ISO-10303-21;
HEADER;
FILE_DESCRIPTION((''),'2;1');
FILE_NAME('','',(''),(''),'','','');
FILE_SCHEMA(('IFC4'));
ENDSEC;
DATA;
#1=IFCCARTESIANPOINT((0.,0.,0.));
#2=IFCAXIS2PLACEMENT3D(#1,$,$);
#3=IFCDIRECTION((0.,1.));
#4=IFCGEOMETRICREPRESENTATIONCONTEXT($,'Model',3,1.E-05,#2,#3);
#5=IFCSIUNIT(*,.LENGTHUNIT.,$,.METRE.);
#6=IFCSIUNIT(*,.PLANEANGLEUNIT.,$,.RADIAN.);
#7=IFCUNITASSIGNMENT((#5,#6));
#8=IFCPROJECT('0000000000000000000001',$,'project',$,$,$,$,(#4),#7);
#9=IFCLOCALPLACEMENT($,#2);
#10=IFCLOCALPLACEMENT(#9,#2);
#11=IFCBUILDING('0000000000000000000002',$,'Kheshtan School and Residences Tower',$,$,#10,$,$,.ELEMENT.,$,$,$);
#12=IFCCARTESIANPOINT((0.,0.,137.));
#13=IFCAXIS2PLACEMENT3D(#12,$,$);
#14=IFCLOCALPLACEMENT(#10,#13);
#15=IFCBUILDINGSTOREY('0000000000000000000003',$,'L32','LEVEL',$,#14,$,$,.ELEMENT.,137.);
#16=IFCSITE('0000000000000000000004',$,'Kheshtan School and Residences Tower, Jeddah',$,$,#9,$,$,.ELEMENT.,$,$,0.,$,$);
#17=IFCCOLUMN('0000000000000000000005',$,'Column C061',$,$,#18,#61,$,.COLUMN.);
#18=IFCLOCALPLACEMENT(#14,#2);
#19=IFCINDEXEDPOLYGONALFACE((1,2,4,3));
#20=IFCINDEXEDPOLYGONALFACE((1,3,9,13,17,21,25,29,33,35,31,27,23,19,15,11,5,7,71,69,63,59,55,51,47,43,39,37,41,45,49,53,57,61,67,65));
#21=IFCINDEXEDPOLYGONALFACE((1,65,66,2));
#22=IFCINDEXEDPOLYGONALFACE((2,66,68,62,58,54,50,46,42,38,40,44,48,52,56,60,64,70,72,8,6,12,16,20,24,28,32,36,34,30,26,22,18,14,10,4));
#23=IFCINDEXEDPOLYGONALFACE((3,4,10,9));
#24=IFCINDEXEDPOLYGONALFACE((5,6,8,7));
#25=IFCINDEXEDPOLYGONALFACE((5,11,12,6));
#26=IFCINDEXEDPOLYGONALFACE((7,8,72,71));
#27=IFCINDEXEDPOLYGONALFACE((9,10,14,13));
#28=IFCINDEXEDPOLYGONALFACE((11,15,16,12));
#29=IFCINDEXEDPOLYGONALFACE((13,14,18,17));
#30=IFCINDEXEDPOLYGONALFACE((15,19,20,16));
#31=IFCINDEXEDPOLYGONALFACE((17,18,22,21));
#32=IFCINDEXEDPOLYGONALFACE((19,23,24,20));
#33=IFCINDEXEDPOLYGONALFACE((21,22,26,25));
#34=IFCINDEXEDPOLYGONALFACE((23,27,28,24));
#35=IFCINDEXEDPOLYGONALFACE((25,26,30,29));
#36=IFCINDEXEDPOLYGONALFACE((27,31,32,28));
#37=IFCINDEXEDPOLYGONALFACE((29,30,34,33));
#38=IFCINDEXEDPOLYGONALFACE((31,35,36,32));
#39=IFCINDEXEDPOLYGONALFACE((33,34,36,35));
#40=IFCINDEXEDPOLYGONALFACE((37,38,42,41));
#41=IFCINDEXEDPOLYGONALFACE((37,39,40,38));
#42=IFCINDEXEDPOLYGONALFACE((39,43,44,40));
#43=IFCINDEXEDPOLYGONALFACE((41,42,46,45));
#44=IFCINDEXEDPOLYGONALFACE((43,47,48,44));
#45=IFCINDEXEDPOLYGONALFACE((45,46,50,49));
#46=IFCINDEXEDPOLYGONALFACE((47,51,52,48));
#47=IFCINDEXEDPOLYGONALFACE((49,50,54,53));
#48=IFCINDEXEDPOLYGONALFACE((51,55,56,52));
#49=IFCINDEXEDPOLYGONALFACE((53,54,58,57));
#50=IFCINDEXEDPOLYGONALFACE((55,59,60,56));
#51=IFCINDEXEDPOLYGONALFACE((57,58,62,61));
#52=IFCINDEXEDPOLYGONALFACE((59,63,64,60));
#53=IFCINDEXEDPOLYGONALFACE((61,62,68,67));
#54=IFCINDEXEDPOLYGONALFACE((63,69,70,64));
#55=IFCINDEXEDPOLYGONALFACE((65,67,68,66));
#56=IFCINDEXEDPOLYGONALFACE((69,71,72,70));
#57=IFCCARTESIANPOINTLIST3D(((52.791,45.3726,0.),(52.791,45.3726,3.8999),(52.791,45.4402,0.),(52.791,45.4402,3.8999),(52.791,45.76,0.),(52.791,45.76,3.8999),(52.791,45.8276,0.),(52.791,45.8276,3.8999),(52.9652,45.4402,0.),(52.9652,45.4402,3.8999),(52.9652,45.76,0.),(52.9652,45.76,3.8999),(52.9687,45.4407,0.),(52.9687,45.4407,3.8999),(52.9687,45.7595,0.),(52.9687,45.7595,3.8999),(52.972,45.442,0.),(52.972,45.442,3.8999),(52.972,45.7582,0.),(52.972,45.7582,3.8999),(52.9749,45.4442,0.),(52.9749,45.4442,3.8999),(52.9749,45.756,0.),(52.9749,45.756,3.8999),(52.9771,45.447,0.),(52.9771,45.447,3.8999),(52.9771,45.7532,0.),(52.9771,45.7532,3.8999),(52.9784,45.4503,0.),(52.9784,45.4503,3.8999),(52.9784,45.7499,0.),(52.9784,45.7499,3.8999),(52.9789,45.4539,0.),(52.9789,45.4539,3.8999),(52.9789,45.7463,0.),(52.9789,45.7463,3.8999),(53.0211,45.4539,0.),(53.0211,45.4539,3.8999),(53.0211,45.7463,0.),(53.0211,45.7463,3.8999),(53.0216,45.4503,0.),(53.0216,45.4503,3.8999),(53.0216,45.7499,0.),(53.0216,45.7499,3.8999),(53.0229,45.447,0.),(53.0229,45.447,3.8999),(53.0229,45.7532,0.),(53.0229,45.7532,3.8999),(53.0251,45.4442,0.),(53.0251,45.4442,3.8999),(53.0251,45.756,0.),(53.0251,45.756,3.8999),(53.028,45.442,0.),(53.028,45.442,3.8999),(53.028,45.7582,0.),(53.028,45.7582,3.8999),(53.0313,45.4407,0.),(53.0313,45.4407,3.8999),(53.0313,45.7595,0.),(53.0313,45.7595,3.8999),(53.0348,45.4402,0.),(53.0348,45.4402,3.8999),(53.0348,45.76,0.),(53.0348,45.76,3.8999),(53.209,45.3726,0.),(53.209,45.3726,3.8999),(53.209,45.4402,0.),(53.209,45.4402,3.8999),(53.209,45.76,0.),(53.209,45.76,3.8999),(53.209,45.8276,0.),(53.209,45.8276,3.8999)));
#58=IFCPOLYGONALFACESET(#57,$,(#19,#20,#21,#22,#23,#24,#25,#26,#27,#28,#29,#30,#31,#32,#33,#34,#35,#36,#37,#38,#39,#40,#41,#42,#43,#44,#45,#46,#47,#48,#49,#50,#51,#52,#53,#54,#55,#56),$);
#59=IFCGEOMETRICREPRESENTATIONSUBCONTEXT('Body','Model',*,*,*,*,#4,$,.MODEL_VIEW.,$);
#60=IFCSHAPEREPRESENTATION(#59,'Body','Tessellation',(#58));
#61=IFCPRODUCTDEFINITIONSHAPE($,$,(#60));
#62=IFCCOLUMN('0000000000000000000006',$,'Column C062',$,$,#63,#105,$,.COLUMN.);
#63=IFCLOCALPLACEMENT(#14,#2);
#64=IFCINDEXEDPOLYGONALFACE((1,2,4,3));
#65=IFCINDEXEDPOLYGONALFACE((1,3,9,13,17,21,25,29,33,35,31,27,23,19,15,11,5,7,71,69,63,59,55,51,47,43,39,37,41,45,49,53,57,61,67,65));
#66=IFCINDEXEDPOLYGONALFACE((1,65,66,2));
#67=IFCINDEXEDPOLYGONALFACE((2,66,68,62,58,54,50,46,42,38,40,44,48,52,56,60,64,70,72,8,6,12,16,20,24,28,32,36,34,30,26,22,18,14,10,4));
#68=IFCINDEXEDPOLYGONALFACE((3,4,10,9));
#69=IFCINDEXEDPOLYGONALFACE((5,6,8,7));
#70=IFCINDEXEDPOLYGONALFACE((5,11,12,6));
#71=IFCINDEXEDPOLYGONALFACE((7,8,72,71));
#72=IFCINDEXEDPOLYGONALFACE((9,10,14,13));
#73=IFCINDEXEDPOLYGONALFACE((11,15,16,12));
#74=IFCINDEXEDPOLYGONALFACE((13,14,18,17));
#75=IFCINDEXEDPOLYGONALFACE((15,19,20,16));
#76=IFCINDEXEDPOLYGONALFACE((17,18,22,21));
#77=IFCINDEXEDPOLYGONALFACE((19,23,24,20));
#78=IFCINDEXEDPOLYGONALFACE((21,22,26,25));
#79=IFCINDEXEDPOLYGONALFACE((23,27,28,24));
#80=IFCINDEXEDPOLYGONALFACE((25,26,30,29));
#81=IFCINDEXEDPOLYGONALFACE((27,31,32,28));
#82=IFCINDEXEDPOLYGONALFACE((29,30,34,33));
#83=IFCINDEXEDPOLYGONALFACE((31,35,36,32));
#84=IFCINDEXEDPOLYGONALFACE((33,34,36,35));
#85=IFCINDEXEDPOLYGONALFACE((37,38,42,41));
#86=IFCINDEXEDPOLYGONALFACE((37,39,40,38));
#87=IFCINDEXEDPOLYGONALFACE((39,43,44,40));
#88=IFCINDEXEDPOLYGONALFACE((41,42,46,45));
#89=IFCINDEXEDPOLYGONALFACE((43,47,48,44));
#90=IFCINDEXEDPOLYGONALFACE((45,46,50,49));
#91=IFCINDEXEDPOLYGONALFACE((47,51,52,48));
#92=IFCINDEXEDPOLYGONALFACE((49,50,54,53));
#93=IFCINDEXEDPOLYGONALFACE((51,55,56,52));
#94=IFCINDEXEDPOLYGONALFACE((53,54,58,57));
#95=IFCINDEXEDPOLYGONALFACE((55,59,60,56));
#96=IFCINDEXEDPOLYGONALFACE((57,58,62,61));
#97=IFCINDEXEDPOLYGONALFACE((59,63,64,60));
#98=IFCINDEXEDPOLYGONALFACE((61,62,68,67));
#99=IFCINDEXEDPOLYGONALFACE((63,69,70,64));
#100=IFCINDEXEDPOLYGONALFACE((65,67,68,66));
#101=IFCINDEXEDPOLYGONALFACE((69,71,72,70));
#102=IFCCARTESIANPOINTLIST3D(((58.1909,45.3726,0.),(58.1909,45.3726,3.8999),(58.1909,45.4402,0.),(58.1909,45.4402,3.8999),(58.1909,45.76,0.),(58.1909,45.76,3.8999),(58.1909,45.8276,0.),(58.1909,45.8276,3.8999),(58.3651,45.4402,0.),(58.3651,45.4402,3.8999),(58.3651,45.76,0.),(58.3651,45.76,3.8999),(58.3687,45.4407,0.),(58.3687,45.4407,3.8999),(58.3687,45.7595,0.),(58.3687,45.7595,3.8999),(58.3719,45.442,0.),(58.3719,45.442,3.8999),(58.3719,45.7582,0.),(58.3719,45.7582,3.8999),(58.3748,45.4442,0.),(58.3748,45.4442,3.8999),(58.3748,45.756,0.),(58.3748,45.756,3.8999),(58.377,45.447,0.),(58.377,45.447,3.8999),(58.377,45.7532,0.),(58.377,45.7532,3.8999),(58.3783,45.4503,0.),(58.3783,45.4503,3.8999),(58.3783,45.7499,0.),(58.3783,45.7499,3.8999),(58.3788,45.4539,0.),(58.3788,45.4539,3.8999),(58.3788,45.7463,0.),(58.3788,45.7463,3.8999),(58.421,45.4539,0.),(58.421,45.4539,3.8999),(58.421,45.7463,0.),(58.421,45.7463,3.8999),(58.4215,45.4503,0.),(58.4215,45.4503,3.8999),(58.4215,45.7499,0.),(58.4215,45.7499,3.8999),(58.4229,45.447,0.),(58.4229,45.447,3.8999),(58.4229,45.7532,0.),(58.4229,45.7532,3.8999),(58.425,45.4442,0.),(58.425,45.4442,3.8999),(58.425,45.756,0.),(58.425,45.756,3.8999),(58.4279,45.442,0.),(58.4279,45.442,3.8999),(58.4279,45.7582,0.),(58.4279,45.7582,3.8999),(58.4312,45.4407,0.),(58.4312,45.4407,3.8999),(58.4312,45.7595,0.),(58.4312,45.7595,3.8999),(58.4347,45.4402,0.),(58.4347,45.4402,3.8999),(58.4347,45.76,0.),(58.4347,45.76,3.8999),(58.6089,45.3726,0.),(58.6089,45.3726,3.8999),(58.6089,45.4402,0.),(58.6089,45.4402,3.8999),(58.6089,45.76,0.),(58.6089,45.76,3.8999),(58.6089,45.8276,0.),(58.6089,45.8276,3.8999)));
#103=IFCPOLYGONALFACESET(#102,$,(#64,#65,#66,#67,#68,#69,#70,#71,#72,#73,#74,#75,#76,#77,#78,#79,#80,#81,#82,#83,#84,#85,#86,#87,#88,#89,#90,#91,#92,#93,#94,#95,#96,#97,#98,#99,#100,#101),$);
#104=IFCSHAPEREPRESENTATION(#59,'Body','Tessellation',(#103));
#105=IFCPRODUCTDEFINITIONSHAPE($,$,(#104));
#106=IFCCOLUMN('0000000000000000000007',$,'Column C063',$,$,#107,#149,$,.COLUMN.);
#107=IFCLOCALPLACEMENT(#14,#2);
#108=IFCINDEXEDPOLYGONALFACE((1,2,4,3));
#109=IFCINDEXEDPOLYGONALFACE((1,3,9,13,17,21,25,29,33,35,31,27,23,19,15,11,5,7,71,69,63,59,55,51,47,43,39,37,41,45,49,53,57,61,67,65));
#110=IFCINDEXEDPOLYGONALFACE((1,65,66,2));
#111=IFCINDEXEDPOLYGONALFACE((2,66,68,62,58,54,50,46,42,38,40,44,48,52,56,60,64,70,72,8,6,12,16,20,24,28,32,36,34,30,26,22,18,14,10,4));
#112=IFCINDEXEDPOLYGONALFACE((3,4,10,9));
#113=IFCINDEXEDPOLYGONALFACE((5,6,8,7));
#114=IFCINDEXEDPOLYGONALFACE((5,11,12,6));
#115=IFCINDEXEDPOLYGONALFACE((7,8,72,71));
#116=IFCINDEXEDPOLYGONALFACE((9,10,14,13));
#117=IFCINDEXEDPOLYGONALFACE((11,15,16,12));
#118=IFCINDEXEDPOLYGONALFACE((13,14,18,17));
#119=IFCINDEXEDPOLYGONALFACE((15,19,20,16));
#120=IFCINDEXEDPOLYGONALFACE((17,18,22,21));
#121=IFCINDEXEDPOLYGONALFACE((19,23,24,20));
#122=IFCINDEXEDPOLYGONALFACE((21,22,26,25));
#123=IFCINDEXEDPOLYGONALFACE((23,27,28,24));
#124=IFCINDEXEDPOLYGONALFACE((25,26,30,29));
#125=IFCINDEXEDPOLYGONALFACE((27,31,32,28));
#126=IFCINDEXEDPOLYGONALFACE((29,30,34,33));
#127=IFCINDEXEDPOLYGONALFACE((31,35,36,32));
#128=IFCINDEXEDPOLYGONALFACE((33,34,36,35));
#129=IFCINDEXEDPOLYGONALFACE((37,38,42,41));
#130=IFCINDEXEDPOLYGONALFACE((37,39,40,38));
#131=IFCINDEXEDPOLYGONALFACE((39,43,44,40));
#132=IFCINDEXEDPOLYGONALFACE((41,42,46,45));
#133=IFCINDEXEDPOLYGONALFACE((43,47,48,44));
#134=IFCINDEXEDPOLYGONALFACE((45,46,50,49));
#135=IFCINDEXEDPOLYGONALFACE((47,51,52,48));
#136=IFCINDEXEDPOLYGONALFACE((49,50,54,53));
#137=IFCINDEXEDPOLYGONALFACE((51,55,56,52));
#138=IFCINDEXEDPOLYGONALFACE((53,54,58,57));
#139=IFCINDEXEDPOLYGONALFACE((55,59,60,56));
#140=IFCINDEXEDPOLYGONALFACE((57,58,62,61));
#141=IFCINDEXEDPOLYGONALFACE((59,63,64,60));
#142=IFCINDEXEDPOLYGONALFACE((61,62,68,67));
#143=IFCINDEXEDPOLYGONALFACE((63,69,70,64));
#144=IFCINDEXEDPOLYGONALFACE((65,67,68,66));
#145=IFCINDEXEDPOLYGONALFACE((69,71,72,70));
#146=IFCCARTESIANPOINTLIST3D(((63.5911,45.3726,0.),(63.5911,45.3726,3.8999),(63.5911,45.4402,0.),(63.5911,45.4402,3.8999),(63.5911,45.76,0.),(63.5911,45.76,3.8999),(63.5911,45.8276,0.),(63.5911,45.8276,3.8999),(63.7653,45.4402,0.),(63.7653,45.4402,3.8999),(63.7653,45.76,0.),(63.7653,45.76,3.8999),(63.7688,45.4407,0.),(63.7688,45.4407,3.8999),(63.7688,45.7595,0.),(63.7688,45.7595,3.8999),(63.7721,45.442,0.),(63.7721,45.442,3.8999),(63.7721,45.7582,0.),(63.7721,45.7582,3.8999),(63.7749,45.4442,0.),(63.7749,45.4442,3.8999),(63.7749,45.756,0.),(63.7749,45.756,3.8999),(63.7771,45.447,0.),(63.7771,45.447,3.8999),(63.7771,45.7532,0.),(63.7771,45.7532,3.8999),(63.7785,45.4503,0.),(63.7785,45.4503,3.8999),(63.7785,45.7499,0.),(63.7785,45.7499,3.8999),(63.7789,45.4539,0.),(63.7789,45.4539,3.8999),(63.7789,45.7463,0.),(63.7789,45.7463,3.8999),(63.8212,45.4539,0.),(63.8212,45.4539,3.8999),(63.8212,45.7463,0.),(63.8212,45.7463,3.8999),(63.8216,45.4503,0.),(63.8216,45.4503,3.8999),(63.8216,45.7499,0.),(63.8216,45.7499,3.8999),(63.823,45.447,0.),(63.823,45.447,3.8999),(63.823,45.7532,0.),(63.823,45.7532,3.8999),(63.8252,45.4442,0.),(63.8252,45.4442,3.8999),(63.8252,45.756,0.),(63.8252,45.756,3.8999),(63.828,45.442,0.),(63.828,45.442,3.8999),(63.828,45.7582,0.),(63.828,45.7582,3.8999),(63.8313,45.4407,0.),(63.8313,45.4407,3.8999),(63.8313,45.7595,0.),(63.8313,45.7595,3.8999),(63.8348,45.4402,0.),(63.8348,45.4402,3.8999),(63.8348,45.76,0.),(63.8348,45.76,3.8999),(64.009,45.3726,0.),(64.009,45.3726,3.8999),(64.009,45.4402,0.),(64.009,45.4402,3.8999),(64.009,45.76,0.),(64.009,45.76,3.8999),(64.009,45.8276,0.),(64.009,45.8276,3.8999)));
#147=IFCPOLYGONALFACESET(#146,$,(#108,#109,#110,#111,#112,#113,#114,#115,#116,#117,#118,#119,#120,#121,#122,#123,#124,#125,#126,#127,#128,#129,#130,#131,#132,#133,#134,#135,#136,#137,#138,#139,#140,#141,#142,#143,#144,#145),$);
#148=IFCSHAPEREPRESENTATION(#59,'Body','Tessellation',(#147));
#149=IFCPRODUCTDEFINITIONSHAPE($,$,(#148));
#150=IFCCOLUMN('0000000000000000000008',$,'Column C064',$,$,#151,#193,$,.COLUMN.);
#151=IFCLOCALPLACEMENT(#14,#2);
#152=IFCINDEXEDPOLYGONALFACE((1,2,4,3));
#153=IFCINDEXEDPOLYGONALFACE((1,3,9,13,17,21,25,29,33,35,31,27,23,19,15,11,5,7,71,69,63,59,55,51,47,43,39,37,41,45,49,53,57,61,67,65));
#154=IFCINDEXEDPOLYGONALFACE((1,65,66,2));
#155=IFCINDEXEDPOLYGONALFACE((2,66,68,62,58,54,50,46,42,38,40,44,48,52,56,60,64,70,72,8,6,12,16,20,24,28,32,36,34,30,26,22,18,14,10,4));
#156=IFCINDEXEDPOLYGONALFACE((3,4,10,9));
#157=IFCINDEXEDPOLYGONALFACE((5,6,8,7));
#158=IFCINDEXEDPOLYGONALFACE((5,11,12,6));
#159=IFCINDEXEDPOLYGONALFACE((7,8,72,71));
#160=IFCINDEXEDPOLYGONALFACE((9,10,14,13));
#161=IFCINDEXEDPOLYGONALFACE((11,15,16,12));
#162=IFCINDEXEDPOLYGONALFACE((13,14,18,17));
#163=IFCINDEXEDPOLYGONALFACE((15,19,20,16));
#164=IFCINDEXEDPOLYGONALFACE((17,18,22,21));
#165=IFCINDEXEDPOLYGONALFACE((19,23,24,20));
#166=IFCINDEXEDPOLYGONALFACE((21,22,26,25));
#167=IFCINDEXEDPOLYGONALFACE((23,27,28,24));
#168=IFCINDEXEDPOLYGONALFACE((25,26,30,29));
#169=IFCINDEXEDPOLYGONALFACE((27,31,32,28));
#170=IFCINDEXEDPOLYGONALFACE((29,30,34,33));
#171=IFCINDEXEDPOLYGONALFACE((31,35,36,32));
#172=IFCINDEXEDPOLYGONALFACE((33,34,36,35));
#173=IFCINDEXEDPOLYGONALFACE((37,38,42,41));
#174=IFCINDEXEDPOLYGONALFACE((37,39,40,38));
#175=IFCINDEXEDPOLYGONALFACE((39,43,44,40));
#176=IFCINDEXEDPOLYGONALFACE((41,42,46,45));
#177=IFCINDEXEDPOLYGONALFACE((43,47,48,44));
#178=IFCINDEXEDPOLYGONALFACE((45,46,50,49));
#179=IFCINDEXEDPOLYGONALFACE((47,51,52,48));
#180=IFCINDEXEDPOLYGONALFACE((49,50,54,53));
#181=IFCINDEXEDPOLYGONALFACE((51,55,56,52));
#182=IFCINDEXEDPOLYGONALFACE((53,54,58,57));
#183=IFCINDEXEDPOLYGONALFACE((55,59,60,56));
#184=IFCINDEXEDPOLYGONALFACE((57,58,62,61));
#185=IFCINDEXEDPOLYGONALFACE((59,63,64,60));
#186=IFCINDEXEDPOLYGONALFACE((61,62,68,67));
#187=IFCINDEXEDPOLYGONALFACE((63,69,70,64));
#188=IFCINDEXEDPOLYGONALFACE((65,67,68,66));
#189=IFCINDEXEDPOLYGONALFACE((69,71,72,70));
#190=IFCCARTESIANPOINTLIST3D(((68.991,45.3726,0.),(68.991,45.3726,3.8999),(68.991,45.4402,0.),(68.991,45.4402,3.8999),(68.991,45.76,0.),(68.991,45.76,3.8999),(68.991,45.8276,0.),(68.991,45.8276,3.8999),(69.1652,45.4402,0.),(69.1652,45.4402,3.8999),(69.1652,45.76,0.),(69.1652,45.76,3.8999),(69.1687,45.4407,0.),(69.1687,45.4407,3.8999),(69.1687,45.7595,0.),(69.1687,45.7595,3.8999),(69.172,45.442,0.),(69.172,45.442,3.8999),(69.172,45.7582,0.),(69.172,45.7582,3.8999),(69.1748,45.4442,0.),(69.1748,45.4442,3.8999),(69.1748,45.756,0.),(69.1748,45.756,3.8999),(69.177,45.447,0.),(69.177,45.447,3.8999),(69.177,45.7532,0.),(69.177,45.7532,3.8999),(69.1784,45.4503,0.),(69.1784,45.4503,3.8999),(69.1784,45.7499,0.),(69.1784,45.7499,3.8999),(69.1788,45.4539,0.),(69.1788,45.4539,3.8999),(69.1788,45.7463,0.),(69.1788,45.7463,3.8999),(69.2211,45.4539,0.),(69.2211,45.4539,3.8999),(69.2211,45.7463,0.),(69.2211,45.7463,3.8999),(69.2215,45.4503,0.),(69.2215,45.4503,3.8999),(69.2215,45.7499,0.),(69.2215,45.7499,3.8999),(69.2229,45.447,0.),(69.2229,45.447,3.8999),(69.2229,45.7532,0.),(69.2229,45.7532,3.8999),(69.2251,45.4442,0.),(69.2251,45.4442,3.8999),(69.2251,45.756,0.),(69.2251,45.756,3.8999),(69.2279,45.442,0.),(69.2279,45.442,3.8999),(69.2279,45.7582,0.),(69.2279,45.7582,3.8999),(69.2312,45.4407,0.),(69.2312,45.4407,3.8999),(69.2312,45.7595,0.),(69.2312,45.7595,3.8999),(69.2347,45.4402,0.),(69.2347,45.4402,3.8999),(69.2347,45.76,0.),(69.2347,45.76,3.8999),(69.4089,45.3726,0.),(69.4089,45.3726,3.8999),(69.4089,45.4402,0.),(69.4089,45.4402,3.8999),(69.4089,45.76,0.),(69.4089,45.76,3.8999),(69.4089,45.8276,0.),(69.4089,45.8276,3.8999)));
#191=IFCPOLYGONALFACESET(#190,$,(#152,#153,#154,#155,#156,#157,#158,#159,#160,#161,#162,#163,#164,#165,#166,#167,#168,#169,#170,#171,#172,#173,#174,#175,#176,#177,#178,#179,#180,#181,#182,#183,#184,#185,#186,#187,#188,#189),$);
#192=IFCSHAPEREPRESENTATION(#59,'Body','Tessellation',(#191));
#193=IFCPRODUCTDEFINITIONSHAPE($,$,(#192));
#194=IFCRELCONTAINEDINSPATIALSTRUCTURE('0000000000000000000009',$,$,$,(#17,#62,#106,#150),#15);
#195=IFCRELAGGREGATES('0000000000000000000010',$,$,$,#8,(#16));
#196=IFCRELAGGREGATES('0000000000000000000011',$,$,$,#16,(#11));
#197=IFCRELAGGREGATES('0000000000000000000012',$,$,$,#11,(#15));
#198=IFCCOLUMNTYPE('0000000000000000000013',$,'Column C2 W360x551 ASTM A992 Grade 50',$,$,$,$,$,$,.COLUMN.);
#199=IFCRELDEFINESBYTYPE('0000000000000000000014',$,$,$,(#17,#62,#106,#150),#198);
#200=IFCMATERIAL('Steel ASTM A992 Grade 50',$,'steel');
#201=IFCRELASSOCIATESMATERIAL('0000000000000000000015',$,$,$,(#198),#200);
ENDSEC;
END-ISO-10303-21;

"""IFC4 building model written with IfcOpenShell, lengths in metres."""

from ifc_helpers import new_model, si_unit, direction, frame, origin, origin_2d, place, context, subcontext, project, spatial, i_section, extrude, material, material_profile, profile_set, type_object, element, save


model = new_model("IFC4")

# Units and contexts
model_context = context("Model", 3, precision=1e-05, world=origin(), true_north=direction((0.0, 1.0)))
body_context = subcontext(model_context, "Body", "Model", "MODEL_VIEW")
ifc_project = project(units=[si_unit("LENGTHUNIT", "METRE"), si_unit("PLANEANGLEUNIT", "RADIAN")], contexts=[model_context])

# Site, building, storey
site_placement = place(None, origin())
site = spatial("IfcSite", under=ifc_project, at=site_placement, Name="Kheshtan School and Residences Tower, Jeddah", CompositionType="ELEMENT", RefElevation=0.0)
building_placement = place(site_placement, origin())
building = spatial("IfcBuilding", under=site, at=building_placement, Name="Kheshtan School and Residences Tower", CompositionType="ELEMENT")
storey_placement = place(building_placement, frame((0.0, 0.0, 137.0)))
storey = spatial("IfcBuildingStorey", under=building, at=storey_placement, Name="L32", Description="LEVEL", CompositionType="ELEMENT", Elevation=137.0)

# Columns
ifc_material_1 = material(Name="Steel ASTM A992 Grade 50", Category="steel")
ifc_material_profile_1 = material_profile(ifc_material_1, i_section(OverallWidth=0.418, OverallDepth=0.4551, WebThickness=0.0422, FlangeThickness=0.0676, FilletRadius=0.0137, at=origin_2d()), Name="W360x551")
ifc_profile_set_1 = profile_set([ifc_material_profile_1], Name="Steel ASTM A992 Grade 50")
column_type = type_object("IfcColumnType", Name="Column C2 W360x551 ASTM A992 Grade 50", PredefinedType="COLUMN", material=ifc_profile_set_1)
for number, where, z_axis, x_axis, name in (
    (1, (53.0, 45.6001, 0.0), (0.0, 0.0, 1.0), (1.0, 0.0, 0.0), "Column C061"),
    (2, (58.3999, 45.6001, 0.0), (0.0, 0.0, 1.0), (1.0, 0.0, 0.0), "Column C062"),
    (3, (63.8, 45.6001, 0.0), (0.0, 0.0, 1.0), (1.0, 0.0, 0.0), "Column C063"),
    (4, (69.2, 45.6001, 0.0), (0.0, 0.0, 1.0), (1.0, 0.0, 0.0), "Column C064"),
):
    element("IfcColumn", number, at=place(storey_placement, frame(where, z_axis=z_axis, x_axis=x_axis)), inside=storey, type_object=column_type, Name=name, PredefinedType="COLUMN", context=body_context, shape_type="SweptSolid", body=[
        extrude(i_section(OverallWidth=0.418, OverallDepth=0.4551, WebThickness=0.0422, FlangeThickness=0.0676, FilletRadius=0.0137, at=origin_2d()), origin(), (0.0, 0.0, 1.0), 3.8999),
    ])

save(model, "model.ifc")
